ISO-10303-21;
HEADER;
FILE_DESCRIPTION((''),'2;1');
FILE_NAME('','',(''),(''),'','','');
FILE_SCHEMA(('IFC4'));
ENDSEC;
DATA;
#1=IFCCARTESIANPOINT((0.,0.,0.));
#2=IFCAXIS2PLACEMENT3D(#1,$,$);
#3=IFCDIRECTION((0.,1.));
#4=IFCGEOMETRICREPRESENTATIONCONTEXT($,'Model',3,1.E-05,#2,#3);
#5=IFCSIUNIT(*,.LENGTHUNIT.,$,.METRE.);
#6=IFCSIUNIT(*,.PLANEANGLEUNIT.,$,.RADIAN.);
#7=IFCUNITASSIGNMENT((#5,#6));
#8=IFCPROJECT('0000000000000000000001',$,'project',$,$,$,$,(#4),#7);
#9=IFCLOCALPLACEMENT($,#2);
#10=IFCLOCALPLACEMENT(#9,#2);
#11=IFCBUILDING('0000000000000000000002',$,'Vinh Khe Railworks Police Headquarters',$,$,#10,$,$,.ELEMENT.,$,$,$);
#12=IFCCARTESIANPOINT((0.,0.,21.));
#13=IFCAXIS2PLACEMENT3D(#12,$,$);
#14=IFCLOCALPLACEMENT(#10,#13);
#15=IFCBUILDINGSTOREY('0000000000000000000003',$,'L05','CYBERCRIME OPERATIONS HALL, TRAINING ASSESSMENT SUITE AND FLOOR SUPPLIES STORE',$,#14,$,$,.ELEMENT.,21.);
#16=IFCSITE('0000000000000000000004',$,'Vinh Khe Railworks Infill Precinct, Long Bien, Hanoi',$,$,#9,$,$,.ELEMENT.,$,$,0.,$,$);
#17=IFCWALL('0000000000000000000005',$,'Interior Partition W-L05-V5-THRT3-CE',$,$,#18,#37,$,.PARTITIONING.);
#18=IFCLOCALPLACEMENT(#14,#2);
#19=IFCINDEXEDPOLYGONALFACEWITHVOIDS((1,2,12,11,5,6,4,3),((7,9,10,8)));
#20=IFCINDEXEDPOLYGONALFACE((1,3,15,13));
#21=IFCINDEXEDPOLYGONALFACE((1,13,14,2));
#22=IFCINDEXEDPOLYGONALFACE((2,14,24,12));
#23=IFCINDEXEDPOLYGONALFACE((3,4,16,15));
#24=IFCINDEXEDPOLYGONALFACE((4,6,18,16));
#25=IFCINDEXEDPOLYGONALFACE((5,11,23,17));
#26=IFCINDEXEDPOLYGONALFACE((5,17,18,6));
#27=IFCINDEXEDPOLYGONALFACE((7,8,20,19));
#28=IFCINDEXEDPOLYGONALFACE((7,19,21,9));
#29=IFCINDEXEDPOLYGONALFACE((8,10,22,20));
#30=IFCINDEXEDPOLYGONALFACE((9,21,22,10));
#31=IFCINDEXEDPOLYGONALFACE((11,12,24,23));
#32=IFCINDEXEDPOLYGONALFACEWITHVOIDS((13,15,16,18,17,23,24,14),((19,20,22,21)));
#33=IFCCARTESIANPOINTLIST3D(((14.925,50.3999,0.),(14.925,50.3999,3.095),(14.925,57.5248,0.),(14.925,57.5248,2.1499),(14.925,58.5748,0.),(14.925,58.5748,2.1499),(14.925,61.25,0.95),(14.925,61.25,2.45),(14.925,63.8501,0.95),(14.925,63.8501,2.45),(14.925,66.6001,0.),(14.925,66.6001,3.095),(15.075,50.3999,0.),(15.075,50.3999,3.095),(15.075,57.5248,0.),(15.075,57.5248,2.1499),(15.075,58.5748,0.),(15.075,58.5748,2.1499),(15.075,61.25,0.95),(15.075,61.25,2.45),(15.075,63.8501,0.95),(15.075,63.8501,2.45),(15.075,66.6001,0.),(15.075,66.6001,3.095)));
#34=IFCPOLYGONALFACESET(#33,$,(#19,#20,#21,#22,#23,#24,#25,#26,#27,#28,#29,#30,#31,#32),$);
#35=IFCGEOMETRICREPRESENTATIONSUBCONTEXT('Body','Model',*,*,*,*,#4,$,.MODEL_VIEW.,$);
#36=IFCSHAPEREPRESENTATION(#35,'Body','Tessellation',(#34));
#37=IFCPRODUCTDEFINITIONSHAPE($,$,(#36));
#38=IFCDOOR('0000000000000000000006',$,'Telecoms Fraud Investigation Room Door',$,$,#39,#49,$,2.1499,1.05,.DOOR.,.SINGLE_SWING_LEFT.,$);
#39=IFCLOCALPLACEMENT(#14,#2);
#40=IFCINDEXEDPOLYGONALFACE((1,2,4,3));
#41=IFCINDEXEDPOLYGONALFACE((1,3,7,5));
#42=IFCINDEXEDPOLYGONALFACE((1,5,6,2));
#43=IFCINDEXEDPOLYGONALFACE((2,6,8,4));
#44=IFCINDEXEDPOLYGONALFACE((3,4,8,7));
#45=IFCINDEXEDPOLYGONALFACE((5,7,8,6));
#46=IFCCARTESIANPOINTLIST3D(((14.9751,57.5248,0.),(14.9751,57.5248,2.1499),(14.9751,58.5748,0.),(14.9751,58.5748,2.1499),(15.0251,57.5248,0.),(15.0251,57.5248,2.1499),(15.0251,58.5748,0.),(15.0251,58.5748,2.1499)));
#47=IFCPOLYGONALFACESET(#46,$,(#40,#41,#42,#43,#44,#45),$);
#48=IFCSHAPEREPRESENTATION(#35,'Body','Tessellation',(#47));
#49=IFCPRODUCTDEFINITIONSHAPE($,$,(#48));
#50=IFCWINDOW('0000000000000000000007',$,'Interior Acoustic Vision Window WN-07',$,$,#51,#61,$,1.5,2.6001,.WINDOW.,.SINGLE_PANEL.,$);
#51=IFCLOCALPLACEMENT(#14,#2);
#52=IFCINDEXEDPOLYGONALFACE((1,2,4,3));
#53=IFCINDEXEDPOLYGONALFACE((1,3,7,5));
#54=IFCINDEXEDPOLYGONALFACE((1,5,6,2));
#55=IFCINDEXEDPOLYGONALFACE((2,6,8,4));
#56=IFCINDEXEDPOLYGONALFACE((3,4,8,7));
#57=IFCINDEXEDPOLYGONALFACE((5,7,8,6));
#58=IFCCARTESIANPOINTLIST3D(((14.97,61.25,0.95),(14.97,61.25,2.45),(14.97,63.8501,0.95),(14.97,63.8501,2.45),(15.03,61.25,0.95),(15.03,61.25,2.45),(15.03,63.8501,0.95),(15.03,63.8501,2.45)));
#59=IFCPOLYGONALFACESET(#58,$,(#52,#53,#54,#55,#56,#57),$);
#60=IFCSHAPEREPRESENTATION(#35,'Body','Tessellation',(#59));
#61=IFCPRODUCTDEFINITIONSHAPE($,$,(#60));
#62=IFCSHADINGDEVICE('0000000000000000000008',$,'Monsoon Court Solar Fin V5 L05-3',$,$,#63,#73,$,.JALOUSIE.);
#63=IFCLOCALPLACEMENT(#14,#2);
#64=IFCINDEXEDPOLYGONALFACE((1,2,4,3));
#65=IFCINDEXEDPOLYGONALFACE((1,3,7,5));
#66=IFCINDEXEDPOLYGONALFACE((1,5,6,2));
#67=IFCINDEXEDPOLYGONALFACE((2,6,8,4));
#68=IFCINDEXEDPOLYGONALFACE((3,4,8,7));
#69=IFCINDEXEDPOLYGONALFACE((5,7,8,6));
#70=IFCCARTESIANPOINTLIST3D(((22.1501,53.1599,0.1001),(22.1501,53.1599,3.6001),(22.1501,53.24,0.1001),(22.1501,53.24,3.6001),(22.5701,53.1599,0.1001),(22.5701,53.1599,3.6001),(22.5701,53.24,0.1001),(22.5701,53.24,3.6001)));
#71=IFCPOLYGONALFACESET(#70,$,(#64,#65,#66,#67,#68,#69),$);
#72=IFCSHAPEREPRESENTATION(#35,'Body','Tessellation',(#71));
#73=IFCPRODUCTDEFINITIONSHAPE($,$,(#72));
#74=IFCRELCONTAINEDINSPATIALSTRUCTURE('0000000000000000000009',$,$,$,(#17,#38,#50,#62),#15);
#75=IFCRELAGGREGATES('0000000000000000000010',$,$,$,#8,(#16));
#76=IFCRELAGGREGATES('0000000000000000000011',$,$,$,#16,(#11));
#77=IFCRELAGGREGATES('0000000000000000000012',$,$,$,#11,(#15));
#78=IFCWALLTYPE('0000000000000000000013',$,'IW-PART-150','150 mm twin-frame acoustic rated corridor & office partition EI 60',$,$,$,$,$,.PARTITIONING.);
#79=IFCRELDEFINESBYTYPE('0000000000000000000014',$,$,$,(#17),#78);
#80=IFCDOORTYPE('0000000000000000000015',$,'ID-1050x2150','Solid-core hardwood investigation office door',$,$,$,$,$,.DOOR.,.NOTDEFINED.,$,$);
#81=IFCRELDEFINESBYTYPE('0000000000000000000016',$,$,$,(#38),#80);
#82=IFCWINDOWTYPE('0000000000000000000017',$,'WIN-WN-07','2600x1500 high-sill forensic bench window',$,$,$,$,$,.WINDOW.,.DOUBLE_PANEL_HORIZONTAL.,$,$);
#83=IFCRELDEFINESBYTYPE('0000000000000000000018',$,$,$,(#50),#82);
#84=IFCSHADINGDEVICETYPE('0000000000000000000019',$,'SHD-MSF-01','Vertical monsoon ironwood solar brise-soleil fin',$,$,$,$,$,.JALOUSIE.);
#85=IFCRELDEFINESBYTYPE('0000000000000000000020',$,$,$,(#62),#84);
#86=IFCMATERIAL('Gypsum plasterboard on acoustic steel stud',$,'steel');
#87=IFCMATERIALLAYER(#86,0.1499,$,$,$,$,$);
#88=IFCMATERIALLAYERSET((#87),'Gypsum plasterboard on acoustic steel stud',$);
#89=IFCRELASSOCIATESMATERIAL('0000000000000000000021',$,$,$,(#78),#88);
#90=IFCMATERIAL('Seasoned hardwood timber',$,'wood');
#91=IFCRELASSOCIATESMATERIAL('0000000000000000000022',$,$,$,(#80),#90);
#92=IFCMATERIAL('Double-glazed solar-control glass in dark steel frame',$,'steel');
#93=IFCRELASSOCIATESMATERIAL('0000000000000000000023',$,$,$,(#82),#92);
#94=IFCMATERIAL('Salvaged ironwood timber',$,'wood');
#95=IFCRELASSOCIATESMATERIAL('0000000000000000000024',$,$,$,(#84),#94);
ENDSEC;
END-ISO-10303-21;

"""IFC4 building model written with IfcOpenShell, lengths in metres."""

from ifc_helpers import new_model, si_unit, direction, frame, frame_2d, origin, origin_2d, place, context, subcontext, project, spatial, rectangle, extrude, material, layer, layer_set, type_object, element, fill, save


model = new_model("IFC4")

# Units and contexts
model_context = context("Model", 3, precision=1e-05, world=origin(), true_north=direction((0.0, 1.0)))
body_context = subcontext(model_context, "Body", "Model", "MODEL_VIEW")
ifc_project = project(units=[si_unit("LENGTHUNIT", "METRE"), si_unit("PLANEANGLEUNIT", "RADIAN")], contexts=[model_context])

# Site, building, storey
site_placement = place(None, origin())
site = spatial("IfcSite", under=ifc_project, at=site_placement, Name="Vinh Khe Railworks Infill Precinct, Long Bien, Hanoi", CompositionType="ELEMENT", RefElevation=0.0)
building_placement = place(site_placement, origin())
building = spatial("IfcBuilding", under=site, at=building_placement, Name="Vinh Khe Railworks Police Headquarters", CompositionType="ELEMENT")
storey_placement = place(building_placement, frame((0.0, 0.0, 21.0)))
storey = spatial("IfcBuildingStorey", under=building, at=storey_placement, Name="L05", Description="CYBERCRIME OPERATIONS HALL, TRAINING ASSESSMENT SUITE AND FLOOR SUPPLIES STORE", CompositionType="ELEMENT", Elevation=21.0)

# Shared definitions
ifc_material_1 = material(Name="Double-glazed solar-control glass in dark steel frame", Category="steel")

# Wall, openings, door, window
ifc_material_2 = material(Name="Gypsum plasterboard on acoustic steel stud", Category="steel")
ifc_layer_1 = layer(ifc_material_2, 0.1499)
ifc_layer_set_1 = layer_set([ifc_layer_1], Name="Gypsum plasterboard on acoustic steel stud")
wall_type_1 = type_object("IfcWallType", Name="IW-PART-150", Description="150 mm twin-frame acoustic rated corridor & office partition EI 60", PredefinedType="PARTITIONING", material=ifc_layer_set_1)
wall_1_placement = place(storey_placement, frame((15.0, 50.3999, 0.0), z_axis=(0.0, 0.0, 1.0), x_axis=(0.0, 1.0, 0.0)))
wall_1 = element("IfcWall", 1, at=wall_1_placement, inside=storey, type_object=wall_type_1, Name="Interior Partition W-L05-V5-THRT3-CE", PredefinedType="PARTITIONING", context=body_context, shape_type="SweptSolid", body=[
    extrude(rectangle(XDim=16.2002, YDim=0.1499, at=frame_2d((8.1001, 0.0))), origin(), (0.0, 0.0, 1.0), 3.095),
])
opening_1_placement = place(wall_1_placement, frame((7.125, 0.0, 0.0)))
opening_1 = element("IfcOpeningElement", 2, at=opening_1_placement, cuts=wall_1, PredefinedType="OPENING", context=body_context, shape_type="SweptSolid", body=[
    extrude(rectangle(XDim=1.05, YDim=2.1499, at=frame_2d((0.5249, 1.075))), frame((0.0, 0.0898, 0.0), z_axis=(0.0, -1.0, 0.0), x_axis=(1.0, 0.0, 0.0)), (0.0, 0.0, 1.0), 0.1797),
])
opening_2_placement = place(wall_1_placement, frame((10.8501, 0.0, 0.95)))
opening_2 = element("IfcOpeningElement", 3, at=opening_2_placement, cuts=wall_1, PredefinedType="OPENING", context=body_context, shape_type="SweptSolid", body=[
    extrude(rectangle(XDim=2.6001, YDim=1.5, at=frame_2d((1.3, 0.75))), frame((0.0, 0.0898, 0.0), z_axis=(0.0, -1.0, 0.0), x_axis=(1.0, 0.0, 0.0)), (0.0, 0.0, 1.0), 0.1797),
])
ifc_material_3 = material(Name="Seasoned hardwood timber", Category="wood")
door_type = type_object("IfcDoorType", Name="ID-1050x2150", Description="Solid-core hardwood investigation office door", OperationType="NOTDEFINED", PredefinedType="DOOR", material=ifc_material_3)
door_placement = place(opening_1_placement, origin())
door = element("IfcDoor", 4, at=door_placement, inside=storey, type_object=door_type, Name="Telecoms Fraud Investigation Room Door", OperationType="SINGLE_SWING_LEFT", OverallHeight=2.1499, OverallWidth=1.05, PredefinedType="DOOR", context=body_context, shape_type="SweptSolid", body=[
    extrude(rectangle(XDim=1.05, YDim=2.1499, at=frame_2d((0.5249, 1.075))), frame((0.0, 0.0249, 0.0), z_axis=(0.0, -1.0, 0.0), x_axis=(1.0, 0.0, 0.0)), (0.0, 0.0, 1.0), 0.05),
])
fill(opening_1, door)
window_type_1 = type_object("IfcWindowType", Name="WIN-WN-07", Description="2600x1500 high-sill forensic bench window", PartitioningType="DOUBLE_PANEL_HORIZONTAL", PredefinedType="WINDOW", material=ifc_material_1)
window_1_placement = place(opening_2_placement, origin())
window_1 = element("IfcWindow", 5, at=window_1_placement, inside=storey, type_object=window_type_1, Name="Interior Acoustic Vision Window WN-07", OverallHeight=1.5, OverallWidth=2.6001, PartitioningType="SINGLE_PANEL", PredefinedType="WINDOW", context=body_context, shape_type="SweptSolid", body=[
    extrude(rectangle(XDim=2.6001, YDim=1.5, at=frame_2d((1.3, 0.75))), frame((0.0, 0.03, 0.0), z_axis=(0.0, -1.0, 0.0), x_axis=(1.0, 0.0, 0.0)), (0.0, 0.0, 1.0), 0.0601),
])
fill(opening_2, window_1)

# Shading device
ifc_material_4 = material(Name="Salvaged ironwood timber", Category="wood")
shading_device_type = type_object("IfcShadingDeviceType", Name="SHD-MSF-01", Description="Vertical monsoon ironwood solar brise-soleil fin", PredefinedType="JALOUSIE", material=ifc_material_4)
shading_device_placement = place(storey_placement, frame((22.3601, 53.2, 0.1001), z_axis=(0.0, 0.0, 1.0), x_axis=(1.0, 0.0, 0.0)))
element("IfcShadingDevice", 6, at=shading_device_placement, inside=storey, type_object=shading_device_type, Name="Monsoon Court Solar Fin V5 L05-3", PredefinedType="JALOUSIE", context=body_context, shape_type="SweptSolid", body=[
    extrude(rectangle(XDim=0.4199, YDim=0.0801, at=origin_2d()), origin(), (0.0, 0.0, 1.0), 3.5),
])

save(model, "model.ifc")
